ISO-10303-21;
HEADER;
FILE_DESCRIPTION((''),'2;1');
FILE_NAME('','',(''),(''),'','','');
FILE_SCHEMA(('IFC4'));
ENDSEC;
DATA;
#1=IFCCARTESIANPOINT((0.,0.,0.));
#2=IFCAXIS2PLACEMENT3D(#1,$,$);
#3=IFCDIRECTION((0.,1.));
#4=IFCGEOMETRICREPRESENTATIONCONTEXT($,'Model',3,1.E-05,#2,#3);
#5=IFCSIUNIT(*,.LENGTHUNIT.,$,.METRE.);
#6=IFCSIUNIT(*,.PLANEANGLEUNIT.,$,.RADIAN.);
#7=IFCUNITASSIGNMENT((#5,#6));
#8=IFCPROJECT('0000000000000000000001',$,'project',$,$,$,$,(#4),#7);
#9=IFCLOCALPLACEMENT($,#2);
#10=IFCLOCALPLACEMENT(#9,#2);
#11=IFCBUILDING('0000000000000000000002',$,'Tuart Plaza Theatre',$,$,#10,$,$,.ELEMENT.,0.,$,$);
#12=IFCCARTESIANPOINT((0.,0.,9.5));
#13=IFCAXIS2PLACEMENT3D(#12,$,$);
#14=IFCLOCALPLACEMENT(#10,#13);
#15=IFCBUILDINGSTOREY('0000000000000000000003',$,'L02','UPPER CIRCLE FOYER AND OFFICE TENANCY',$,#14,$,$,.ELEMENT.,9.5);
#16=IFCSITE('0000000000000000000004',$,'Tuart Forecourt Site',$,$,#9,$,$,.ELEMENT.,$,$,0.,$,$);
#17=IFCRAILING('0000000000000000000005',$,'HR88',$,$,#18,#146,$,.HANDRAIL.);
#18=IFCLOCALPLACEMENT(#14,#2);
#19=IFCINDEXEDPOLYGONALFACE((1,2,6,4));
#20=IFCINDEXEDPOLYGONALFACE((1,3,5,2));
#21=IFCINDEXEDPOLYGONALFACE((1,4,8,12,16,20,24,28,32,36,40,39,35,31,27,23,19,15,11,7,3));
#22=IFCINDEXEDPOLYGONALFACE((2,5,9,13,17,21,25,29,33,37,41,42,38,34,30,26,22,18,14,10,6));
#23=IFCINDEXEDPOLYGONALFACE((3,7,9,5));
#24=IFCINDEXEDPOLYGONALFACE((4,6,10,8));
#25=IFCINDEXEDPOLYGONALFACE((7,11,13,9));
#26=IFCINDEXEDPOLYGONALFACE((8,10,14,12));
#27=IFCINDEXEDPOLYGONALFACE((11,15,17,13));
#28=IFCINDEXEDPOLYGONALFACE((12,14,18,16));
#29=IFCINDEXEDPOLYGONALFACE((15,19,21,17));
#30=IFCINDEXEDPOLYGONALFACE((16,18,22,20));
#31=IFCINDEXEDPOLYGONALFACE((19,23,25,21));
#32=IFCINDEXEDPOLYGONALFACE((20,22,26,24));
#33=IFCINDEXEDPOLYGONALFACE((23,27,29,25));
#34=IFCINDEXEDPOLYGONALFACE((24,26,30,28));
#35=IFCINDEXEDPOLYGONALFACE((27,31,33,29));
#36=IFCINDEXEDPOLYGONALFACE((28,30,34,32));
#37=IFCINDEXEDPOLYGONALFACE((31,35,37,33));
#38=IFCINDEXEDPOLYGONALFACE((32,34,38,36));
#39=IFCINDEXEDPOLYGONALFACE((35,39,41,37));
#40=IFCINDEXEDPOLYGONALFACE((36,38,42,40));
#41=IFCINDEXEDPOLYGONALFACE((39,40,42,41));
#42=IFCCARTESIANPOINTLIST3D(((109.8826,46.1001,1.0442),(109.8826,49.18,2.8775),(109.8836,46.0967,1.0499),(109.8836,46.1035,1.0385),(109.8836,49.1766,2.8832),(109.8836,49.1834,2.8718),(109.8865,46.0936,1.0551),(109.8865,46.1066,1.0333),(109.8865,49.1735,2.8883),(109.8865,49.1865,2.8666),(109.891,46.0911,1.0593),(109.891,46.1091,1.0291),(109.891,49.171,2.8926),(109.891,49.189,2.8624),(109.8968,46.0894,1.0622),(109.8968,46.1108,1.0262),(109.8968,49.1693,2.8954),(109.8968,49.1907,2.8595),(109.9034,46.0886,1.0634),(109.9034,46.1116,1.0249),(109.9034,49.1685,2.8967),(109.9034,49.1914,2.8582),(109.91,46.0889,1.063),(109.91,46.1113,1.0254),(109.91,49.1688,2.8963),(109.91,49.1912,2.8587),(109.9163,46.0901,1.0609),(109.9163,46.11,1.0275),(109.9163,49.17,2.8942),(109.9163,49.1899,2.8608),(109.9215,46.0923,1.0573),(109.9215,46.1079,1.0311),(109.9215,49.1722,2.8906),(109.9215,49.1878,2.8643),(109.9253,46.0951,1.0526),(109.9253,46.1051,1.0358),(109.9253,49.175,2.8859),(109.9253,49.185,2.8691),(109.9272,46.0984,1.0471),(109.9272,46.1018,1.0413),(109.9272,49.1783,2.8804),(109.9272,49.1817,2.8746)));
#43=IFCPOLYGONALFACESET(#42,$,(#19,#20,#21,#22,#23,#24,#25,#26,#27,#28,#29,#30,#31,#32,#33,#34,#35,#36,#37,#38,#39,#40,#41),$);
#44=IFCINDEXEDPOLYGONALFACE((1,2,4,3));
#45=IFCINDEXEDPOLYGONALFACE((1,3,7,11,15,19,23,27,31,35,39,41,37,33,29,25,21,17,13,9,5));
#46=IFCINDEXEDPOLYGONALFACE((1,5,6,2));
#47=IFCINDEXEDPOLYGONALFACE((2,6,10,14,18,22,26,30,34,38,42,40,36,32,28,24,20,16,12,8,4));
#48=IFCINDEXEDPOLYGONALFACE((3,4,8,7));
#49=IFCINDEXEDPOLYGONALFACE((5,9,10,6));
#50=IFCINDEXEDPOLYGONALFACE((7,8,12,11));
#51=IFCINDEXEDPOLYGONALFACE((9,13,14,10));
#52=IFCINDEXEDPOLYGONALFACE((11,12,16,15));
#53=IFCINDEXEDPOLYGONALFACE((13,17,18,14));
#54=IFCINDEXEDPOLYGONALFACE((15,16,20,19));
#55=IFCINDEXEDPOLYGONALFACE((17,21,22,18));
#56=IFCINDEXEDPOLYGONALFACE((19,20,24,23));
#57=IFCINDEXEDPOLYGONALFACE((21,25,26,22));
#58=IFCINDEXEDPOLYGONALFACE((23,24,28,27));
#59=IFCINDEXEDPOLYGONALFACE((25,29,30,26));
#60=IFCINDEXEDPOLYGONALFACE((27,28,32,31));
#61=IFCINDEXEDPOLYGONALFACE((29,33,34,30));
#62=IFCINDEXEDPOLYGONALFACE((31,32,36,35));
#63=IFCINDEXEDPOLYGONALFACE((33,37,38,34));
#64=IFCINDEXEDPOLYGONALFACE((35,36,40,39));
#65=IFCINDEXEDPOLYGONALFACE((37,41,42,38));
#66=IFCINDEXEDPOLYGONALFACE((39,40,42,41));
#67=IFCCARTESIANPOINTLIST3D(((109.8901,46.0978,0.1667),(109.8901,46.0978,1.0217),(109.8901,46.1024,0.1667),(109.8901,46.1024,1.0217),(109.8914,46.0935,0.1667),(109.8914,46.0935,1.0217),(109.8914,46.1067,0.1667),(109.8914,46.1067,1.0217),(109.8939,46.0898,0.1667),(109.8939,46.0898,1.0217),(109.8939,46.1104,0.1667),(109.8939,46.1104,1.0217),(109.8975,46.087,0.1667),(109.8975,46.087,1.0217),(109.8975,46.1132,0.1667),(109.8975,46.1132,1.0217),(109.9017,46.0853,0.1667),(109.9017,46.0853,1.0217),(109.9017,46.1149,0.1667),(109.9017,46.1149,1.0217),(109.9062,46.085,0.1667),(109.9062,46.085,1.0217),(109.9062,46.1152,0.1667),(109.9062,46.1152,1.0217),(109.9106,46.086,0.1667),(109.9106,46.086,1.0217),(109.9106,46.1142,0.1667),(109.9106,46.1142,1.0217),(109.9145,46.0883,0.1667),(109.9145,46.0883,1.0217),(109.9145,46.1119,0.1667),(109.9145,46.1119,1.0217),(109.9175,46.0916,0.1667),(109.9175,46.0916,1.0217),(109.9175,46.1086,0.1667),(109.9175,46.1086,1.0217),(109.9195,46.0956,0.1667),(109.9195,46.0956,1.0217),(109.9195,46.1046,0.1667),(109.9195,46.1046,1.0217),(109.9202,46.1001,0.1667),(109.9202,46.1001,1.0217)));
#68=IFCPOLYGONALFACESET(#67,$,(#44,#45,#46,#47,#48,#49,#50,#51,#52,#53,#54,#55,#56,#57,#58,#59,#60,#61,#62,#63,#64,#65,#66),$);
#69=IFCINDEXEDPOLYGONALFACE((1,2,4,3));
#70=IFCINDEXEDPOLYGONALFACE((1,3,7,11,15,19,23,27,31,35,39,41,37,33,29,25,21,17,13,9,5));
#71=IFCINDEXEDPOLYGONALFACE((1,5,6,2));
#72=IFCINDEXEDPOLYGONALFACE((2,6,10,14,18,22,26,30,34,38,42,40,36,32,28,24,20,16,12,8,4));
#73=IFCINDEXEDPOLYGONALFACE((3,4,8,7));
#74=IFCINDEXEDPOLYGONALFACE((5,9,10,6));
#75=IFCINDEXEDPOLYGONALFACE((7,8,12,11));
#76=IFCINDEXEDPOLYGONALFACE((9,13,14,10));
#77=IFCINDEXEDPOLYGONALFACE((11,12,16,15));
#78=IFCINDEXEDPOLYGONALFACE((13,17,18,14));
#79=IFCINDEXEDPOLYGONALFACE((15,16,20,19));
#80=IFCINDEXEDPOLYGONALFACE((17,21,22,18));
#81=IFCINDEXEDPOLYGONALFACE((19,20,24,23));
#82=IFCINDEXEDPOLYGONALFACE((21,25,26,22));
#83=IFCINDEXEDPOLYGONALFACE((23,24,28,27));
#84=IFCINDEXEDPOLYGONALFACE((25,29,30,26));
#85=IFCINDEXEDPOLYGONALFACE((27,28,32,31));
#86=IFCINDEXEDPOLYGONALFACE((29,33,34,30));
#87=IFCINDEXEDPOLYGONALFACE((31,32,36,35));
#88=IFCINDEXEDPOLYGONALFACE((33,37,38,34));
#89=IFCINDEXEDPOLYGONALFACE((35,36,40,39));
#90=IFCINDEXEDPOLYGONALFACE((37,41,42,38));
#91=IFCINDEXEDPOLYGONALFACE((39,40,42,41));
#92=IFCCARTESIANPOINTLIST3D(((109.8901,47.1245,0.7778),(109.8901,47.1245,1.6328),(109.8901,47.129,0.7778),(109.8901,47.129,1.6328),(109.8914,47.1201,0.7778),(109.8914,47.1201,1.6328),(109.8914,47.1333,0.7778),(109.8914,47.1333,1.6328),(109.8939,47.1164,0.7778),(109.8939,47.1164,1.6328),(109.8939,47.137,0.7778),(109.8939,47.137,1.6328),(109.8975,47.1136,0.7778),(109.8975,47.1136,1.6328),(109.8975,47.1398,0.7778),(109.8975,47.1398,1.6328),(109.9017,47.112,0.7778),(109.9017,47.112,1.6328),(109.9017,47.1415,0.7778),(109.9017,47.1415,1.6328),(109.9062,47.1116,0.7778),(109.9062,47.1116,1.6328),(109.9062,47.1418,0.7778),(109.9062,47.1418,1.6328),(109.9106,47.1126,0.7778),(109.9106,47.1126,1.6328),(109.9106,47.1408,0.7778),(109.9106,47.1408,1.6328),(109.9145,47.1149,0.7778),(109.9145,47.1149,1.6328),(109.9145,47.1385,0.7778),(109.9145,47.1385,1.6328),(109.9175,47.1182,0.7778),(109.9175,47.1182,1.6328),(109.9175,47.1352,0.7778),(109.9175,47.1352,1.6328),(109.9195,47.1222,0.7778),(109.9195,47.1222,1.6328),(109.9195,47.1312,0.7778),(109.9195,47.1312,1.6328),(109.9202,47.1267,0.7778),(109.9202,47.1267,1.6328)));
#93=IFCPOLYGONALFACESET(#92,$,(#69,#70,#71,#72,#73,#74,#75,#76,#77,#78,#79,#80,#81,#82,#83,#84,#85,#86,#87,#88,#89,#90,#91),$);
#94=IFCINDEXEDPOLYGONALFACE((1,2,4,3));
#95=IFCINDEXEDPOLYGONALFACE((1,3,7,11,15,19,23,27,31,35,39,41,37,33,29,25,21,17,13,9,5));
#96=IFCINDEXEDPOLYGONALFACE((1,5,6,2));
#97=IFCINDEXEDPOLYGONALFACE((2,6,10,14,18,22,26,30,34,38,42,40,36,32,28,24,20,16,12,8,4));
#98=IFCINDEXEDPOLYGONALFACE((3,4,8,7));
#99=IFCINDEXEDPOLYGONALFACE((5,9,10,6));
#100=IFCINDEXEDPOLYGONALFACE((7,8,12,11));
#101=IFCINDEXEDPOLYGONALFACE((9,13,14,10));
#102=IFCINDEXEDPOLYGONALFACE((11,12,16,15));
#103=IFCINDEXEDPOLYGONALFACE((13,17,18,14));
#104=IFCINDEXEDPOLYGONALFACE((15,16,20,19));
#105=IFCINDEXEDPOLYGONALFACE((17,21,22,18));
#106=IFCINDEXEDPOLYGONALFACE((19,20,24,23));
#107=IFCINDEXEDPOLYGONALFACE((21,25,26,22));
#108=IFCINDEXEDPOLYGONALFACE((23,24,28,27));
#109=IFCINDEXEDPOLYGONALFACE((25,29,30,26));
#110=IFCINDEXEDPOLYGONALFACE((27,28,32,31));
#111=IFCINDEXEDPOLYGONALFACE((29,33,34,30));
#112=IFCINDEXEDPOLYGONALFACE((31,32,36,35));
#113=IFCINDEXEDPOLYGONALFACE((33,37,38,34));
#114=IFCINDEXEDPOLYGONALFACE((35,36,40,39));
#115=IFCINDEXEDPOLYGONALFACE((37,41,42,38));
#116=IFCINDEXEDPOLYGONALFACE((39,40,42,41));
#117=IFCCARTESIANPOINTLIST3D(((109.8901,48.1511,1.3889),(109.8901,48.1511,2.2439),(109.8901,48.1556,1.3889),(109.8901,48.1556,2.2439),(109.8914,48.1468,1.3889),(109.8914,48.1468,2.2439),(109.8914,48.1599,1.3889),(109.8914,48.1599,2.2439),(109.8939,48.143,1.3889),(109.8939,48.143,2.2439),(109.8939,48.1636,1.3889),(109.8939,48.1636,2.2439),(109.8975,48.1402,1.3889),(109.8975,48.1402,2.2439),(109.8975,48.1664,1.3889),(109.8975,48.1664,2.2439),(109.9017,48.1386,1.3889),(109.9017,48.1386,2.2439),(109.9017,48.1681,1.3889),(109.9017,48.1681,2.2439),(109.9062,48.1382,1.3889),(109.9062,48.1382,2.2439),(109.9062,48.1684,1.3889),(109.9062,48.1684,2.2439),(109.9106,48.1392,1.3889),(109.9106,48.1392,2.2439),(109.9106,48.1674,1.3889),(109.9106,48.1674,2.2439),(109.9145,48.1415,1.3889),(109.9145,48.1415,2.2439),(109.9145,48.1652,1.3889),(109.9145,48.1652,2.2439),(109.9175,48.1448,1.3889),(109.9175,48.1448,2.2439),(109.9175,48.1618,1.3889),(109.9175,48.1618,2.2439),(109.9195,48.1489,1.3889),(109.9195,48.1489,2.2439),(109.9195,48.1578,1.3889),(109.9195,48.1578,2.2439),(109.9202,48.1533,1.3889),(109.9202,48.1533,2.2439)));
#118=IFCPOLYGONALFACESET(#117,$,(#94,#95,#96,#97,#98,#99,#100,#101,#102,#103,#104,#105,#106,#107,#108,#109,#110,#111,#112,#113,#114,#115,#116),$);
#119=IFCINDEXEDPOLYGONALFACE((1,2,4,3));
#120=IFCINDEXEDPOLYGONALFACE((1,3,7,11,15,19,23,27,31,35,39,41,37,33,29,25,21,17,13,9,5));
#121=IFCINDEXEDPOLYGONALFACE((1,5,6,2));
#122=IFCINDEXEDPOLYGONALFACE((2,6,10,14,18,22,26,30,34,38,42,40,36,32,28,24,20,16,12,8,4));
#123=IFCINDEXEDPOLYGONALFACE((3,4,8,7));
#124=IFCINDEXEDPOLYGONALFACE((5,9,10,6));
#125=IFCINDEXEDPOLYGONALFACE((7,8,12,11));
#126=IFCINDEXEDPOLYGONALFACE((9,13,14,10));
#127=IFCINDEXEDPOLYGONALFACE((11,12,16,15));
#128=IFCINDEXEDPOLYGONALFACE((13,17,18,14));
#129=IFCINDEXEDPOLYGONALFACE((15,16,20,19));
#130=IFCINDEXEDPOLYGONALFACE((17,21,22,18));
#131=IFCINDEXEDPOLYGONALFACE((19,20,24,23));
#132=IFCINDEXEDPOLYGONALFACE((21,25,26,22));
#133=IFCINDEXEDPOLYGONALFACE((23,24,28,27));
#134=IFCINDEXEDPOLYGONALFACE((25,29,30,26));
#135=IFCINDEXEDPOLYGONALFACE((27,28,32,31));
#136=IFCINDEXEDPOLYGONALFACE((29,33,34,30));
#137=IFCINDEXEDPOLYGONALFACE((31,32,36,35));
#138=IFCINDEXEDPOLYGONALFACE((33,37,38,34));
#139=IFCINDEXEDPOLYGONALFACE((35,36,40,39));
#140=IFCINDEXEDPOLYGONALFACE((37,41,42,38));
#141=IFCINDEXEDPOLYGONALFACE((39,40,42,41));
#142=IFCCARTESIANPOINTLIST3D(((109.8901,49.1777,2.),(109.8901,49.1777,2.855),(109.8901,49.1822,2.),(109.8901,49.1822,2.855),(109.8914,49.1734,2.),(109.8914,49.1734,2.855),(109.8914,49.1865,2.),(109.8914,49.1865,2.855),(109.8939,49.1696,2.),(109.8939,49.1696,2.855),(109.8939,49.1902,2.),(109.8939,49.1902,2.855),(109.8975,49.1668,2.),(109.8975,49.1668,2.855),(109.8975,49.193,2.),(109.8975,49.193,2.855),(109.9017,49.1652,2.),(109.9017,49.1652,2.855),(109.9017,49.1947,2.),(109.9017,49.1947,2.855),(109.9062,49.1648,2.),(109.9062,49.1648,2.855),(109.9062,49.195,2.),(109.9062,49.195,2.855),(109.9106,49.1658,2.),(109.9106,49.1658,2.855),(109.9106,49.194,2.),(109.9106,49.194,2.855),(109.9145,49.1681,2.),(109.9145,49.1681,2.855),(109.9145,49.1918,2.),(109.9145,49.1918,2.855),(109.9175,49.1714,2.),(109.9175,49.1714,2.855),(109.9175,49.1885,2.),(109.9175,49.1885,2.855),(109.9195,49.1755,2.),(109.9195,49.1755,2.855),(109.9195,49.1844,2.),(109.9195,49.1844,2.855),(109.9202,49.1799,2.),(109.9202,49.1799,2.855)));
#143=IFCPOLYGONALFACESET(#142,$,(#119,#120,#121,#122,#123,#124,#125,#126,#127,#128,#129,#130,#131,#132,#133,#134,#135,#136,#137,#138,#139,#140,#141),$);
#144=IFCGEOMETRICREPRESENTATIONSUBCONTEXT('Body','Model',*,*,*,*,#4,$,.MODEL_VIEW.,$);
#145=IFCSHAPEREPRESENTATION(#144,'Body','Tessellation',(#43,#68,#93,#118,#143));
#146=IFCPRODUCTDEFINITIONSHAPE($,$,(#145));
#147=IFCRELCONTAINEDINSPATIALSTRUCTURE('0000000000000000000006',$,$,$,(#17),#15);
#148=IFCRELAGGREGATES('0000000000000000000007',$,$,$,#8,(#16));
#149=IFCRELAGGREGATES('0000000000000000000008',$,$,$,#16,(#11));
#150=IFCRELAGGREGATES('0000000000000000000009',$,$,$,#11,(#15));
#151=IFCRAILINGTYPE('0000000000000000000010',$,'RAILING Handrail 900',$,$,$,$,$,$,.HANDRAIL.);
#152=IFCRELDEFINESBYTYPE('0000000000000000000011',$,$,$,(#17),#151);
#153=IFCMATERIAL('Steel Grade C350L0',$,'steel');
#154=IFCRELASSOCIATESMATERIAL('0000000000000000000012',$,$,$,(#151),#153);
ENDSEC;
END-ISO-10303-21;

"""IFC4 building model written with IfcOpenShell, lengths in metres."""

from ifc_helpers import new_model, si_unit, direction, frame, origin, origin_2d, place, context, subcontext, project, spatial, circle, extrude, material, type_object, element, save


model = new_model("IFC4")

# Units and contexts
model_context = context("Model", 3, precision=1e-05, world=origin(), true_north=direction((0.0, 1.0)))
body_context = subcontext(model_context, "Body", "Model", "MODEL_VIEW")
ifc_project = project(units=[si_unit("LENGTHUNIT", "METRE"), si_unit("PLANEANGLEUNIT", "RADIAN")], contexts=[model_context])

# Site, building, storey
site_placement = place(None, origin())
site = spatial("IfcSite", under=ifc_project, at=site_placement, Name="Tuart Forecourt Site", CompositionType="ELEMENT", RefElevation=0.0)
building_placement = place(site_placement, origin())
building = spatial("IfcBuilding", under=site, at=building_placement, Name="Tuart Plaza Theatre", CompositionType="ELEMENT", ElevationOfRefHeight=0.0)
storey_placement = place(building_placement, frame((0.0, 0.0, 9.5)))
storey = spatial("IfcBuildingStorey", under=building, at=storey_placement, Name="L02", Description="UPPER CIRCLE FOYER AND OFFICE TENANCY", CompositionType="ELEMENT", Elevation=9.5)

# Railing
ifc_material_1 = material(Name="Steel Grade C350L0", Category="steel")
railing_type_1 = type_object("IfcRailingType", Name="RAILING Handrail 900", PredefinedType="HANDRAIL", material=ifc_material_1)
for number, where, name in (
    (1, (109.905, 46.1001, 0.1667), "HR88"),
):
    element("IfcRailing", number, at=place(storey_placement, frame(where)), inside=storey, type_object=railing_type_1, Name=name, PredefinedType="HANDRAIL", context=body_context, shape_type="SweptSolid", body=[
        extrude(circle(Radius=0.0225, at=origin_2d()), frame((0.0, 0.0, 0.8774), z_axis=(0.0, 0.859291, 0.511487), x_axis=(-1.0, 0.0, 0.0)), (0.0, 0.0, 1.0), 3.5842),
        extrude(circle(Radius=0.0151, at=origin_2d()), origin(), (0.0, 0.0, 1.0), 0.855),
        extrude(circle(Radius=0.0151, at=origin_2d()), frame((0.0, 1.0266, 0.6111)), (0.0, 0.0, 1.0), 0.855),
        extrude(circle(Radius=0.0151, at=origin_2d()), frame((0.0, 2.0532, 1.2222)), (0.0, 0.0, 1.0), 0.855),
        extrude(circle(Radius=0.0151, at=origin_2d()), frame((0.0, 3.0798, 1.8333)), (0.0, 0.0, 1.0), 0.855),
    ])

save(model, "model.ifc")
